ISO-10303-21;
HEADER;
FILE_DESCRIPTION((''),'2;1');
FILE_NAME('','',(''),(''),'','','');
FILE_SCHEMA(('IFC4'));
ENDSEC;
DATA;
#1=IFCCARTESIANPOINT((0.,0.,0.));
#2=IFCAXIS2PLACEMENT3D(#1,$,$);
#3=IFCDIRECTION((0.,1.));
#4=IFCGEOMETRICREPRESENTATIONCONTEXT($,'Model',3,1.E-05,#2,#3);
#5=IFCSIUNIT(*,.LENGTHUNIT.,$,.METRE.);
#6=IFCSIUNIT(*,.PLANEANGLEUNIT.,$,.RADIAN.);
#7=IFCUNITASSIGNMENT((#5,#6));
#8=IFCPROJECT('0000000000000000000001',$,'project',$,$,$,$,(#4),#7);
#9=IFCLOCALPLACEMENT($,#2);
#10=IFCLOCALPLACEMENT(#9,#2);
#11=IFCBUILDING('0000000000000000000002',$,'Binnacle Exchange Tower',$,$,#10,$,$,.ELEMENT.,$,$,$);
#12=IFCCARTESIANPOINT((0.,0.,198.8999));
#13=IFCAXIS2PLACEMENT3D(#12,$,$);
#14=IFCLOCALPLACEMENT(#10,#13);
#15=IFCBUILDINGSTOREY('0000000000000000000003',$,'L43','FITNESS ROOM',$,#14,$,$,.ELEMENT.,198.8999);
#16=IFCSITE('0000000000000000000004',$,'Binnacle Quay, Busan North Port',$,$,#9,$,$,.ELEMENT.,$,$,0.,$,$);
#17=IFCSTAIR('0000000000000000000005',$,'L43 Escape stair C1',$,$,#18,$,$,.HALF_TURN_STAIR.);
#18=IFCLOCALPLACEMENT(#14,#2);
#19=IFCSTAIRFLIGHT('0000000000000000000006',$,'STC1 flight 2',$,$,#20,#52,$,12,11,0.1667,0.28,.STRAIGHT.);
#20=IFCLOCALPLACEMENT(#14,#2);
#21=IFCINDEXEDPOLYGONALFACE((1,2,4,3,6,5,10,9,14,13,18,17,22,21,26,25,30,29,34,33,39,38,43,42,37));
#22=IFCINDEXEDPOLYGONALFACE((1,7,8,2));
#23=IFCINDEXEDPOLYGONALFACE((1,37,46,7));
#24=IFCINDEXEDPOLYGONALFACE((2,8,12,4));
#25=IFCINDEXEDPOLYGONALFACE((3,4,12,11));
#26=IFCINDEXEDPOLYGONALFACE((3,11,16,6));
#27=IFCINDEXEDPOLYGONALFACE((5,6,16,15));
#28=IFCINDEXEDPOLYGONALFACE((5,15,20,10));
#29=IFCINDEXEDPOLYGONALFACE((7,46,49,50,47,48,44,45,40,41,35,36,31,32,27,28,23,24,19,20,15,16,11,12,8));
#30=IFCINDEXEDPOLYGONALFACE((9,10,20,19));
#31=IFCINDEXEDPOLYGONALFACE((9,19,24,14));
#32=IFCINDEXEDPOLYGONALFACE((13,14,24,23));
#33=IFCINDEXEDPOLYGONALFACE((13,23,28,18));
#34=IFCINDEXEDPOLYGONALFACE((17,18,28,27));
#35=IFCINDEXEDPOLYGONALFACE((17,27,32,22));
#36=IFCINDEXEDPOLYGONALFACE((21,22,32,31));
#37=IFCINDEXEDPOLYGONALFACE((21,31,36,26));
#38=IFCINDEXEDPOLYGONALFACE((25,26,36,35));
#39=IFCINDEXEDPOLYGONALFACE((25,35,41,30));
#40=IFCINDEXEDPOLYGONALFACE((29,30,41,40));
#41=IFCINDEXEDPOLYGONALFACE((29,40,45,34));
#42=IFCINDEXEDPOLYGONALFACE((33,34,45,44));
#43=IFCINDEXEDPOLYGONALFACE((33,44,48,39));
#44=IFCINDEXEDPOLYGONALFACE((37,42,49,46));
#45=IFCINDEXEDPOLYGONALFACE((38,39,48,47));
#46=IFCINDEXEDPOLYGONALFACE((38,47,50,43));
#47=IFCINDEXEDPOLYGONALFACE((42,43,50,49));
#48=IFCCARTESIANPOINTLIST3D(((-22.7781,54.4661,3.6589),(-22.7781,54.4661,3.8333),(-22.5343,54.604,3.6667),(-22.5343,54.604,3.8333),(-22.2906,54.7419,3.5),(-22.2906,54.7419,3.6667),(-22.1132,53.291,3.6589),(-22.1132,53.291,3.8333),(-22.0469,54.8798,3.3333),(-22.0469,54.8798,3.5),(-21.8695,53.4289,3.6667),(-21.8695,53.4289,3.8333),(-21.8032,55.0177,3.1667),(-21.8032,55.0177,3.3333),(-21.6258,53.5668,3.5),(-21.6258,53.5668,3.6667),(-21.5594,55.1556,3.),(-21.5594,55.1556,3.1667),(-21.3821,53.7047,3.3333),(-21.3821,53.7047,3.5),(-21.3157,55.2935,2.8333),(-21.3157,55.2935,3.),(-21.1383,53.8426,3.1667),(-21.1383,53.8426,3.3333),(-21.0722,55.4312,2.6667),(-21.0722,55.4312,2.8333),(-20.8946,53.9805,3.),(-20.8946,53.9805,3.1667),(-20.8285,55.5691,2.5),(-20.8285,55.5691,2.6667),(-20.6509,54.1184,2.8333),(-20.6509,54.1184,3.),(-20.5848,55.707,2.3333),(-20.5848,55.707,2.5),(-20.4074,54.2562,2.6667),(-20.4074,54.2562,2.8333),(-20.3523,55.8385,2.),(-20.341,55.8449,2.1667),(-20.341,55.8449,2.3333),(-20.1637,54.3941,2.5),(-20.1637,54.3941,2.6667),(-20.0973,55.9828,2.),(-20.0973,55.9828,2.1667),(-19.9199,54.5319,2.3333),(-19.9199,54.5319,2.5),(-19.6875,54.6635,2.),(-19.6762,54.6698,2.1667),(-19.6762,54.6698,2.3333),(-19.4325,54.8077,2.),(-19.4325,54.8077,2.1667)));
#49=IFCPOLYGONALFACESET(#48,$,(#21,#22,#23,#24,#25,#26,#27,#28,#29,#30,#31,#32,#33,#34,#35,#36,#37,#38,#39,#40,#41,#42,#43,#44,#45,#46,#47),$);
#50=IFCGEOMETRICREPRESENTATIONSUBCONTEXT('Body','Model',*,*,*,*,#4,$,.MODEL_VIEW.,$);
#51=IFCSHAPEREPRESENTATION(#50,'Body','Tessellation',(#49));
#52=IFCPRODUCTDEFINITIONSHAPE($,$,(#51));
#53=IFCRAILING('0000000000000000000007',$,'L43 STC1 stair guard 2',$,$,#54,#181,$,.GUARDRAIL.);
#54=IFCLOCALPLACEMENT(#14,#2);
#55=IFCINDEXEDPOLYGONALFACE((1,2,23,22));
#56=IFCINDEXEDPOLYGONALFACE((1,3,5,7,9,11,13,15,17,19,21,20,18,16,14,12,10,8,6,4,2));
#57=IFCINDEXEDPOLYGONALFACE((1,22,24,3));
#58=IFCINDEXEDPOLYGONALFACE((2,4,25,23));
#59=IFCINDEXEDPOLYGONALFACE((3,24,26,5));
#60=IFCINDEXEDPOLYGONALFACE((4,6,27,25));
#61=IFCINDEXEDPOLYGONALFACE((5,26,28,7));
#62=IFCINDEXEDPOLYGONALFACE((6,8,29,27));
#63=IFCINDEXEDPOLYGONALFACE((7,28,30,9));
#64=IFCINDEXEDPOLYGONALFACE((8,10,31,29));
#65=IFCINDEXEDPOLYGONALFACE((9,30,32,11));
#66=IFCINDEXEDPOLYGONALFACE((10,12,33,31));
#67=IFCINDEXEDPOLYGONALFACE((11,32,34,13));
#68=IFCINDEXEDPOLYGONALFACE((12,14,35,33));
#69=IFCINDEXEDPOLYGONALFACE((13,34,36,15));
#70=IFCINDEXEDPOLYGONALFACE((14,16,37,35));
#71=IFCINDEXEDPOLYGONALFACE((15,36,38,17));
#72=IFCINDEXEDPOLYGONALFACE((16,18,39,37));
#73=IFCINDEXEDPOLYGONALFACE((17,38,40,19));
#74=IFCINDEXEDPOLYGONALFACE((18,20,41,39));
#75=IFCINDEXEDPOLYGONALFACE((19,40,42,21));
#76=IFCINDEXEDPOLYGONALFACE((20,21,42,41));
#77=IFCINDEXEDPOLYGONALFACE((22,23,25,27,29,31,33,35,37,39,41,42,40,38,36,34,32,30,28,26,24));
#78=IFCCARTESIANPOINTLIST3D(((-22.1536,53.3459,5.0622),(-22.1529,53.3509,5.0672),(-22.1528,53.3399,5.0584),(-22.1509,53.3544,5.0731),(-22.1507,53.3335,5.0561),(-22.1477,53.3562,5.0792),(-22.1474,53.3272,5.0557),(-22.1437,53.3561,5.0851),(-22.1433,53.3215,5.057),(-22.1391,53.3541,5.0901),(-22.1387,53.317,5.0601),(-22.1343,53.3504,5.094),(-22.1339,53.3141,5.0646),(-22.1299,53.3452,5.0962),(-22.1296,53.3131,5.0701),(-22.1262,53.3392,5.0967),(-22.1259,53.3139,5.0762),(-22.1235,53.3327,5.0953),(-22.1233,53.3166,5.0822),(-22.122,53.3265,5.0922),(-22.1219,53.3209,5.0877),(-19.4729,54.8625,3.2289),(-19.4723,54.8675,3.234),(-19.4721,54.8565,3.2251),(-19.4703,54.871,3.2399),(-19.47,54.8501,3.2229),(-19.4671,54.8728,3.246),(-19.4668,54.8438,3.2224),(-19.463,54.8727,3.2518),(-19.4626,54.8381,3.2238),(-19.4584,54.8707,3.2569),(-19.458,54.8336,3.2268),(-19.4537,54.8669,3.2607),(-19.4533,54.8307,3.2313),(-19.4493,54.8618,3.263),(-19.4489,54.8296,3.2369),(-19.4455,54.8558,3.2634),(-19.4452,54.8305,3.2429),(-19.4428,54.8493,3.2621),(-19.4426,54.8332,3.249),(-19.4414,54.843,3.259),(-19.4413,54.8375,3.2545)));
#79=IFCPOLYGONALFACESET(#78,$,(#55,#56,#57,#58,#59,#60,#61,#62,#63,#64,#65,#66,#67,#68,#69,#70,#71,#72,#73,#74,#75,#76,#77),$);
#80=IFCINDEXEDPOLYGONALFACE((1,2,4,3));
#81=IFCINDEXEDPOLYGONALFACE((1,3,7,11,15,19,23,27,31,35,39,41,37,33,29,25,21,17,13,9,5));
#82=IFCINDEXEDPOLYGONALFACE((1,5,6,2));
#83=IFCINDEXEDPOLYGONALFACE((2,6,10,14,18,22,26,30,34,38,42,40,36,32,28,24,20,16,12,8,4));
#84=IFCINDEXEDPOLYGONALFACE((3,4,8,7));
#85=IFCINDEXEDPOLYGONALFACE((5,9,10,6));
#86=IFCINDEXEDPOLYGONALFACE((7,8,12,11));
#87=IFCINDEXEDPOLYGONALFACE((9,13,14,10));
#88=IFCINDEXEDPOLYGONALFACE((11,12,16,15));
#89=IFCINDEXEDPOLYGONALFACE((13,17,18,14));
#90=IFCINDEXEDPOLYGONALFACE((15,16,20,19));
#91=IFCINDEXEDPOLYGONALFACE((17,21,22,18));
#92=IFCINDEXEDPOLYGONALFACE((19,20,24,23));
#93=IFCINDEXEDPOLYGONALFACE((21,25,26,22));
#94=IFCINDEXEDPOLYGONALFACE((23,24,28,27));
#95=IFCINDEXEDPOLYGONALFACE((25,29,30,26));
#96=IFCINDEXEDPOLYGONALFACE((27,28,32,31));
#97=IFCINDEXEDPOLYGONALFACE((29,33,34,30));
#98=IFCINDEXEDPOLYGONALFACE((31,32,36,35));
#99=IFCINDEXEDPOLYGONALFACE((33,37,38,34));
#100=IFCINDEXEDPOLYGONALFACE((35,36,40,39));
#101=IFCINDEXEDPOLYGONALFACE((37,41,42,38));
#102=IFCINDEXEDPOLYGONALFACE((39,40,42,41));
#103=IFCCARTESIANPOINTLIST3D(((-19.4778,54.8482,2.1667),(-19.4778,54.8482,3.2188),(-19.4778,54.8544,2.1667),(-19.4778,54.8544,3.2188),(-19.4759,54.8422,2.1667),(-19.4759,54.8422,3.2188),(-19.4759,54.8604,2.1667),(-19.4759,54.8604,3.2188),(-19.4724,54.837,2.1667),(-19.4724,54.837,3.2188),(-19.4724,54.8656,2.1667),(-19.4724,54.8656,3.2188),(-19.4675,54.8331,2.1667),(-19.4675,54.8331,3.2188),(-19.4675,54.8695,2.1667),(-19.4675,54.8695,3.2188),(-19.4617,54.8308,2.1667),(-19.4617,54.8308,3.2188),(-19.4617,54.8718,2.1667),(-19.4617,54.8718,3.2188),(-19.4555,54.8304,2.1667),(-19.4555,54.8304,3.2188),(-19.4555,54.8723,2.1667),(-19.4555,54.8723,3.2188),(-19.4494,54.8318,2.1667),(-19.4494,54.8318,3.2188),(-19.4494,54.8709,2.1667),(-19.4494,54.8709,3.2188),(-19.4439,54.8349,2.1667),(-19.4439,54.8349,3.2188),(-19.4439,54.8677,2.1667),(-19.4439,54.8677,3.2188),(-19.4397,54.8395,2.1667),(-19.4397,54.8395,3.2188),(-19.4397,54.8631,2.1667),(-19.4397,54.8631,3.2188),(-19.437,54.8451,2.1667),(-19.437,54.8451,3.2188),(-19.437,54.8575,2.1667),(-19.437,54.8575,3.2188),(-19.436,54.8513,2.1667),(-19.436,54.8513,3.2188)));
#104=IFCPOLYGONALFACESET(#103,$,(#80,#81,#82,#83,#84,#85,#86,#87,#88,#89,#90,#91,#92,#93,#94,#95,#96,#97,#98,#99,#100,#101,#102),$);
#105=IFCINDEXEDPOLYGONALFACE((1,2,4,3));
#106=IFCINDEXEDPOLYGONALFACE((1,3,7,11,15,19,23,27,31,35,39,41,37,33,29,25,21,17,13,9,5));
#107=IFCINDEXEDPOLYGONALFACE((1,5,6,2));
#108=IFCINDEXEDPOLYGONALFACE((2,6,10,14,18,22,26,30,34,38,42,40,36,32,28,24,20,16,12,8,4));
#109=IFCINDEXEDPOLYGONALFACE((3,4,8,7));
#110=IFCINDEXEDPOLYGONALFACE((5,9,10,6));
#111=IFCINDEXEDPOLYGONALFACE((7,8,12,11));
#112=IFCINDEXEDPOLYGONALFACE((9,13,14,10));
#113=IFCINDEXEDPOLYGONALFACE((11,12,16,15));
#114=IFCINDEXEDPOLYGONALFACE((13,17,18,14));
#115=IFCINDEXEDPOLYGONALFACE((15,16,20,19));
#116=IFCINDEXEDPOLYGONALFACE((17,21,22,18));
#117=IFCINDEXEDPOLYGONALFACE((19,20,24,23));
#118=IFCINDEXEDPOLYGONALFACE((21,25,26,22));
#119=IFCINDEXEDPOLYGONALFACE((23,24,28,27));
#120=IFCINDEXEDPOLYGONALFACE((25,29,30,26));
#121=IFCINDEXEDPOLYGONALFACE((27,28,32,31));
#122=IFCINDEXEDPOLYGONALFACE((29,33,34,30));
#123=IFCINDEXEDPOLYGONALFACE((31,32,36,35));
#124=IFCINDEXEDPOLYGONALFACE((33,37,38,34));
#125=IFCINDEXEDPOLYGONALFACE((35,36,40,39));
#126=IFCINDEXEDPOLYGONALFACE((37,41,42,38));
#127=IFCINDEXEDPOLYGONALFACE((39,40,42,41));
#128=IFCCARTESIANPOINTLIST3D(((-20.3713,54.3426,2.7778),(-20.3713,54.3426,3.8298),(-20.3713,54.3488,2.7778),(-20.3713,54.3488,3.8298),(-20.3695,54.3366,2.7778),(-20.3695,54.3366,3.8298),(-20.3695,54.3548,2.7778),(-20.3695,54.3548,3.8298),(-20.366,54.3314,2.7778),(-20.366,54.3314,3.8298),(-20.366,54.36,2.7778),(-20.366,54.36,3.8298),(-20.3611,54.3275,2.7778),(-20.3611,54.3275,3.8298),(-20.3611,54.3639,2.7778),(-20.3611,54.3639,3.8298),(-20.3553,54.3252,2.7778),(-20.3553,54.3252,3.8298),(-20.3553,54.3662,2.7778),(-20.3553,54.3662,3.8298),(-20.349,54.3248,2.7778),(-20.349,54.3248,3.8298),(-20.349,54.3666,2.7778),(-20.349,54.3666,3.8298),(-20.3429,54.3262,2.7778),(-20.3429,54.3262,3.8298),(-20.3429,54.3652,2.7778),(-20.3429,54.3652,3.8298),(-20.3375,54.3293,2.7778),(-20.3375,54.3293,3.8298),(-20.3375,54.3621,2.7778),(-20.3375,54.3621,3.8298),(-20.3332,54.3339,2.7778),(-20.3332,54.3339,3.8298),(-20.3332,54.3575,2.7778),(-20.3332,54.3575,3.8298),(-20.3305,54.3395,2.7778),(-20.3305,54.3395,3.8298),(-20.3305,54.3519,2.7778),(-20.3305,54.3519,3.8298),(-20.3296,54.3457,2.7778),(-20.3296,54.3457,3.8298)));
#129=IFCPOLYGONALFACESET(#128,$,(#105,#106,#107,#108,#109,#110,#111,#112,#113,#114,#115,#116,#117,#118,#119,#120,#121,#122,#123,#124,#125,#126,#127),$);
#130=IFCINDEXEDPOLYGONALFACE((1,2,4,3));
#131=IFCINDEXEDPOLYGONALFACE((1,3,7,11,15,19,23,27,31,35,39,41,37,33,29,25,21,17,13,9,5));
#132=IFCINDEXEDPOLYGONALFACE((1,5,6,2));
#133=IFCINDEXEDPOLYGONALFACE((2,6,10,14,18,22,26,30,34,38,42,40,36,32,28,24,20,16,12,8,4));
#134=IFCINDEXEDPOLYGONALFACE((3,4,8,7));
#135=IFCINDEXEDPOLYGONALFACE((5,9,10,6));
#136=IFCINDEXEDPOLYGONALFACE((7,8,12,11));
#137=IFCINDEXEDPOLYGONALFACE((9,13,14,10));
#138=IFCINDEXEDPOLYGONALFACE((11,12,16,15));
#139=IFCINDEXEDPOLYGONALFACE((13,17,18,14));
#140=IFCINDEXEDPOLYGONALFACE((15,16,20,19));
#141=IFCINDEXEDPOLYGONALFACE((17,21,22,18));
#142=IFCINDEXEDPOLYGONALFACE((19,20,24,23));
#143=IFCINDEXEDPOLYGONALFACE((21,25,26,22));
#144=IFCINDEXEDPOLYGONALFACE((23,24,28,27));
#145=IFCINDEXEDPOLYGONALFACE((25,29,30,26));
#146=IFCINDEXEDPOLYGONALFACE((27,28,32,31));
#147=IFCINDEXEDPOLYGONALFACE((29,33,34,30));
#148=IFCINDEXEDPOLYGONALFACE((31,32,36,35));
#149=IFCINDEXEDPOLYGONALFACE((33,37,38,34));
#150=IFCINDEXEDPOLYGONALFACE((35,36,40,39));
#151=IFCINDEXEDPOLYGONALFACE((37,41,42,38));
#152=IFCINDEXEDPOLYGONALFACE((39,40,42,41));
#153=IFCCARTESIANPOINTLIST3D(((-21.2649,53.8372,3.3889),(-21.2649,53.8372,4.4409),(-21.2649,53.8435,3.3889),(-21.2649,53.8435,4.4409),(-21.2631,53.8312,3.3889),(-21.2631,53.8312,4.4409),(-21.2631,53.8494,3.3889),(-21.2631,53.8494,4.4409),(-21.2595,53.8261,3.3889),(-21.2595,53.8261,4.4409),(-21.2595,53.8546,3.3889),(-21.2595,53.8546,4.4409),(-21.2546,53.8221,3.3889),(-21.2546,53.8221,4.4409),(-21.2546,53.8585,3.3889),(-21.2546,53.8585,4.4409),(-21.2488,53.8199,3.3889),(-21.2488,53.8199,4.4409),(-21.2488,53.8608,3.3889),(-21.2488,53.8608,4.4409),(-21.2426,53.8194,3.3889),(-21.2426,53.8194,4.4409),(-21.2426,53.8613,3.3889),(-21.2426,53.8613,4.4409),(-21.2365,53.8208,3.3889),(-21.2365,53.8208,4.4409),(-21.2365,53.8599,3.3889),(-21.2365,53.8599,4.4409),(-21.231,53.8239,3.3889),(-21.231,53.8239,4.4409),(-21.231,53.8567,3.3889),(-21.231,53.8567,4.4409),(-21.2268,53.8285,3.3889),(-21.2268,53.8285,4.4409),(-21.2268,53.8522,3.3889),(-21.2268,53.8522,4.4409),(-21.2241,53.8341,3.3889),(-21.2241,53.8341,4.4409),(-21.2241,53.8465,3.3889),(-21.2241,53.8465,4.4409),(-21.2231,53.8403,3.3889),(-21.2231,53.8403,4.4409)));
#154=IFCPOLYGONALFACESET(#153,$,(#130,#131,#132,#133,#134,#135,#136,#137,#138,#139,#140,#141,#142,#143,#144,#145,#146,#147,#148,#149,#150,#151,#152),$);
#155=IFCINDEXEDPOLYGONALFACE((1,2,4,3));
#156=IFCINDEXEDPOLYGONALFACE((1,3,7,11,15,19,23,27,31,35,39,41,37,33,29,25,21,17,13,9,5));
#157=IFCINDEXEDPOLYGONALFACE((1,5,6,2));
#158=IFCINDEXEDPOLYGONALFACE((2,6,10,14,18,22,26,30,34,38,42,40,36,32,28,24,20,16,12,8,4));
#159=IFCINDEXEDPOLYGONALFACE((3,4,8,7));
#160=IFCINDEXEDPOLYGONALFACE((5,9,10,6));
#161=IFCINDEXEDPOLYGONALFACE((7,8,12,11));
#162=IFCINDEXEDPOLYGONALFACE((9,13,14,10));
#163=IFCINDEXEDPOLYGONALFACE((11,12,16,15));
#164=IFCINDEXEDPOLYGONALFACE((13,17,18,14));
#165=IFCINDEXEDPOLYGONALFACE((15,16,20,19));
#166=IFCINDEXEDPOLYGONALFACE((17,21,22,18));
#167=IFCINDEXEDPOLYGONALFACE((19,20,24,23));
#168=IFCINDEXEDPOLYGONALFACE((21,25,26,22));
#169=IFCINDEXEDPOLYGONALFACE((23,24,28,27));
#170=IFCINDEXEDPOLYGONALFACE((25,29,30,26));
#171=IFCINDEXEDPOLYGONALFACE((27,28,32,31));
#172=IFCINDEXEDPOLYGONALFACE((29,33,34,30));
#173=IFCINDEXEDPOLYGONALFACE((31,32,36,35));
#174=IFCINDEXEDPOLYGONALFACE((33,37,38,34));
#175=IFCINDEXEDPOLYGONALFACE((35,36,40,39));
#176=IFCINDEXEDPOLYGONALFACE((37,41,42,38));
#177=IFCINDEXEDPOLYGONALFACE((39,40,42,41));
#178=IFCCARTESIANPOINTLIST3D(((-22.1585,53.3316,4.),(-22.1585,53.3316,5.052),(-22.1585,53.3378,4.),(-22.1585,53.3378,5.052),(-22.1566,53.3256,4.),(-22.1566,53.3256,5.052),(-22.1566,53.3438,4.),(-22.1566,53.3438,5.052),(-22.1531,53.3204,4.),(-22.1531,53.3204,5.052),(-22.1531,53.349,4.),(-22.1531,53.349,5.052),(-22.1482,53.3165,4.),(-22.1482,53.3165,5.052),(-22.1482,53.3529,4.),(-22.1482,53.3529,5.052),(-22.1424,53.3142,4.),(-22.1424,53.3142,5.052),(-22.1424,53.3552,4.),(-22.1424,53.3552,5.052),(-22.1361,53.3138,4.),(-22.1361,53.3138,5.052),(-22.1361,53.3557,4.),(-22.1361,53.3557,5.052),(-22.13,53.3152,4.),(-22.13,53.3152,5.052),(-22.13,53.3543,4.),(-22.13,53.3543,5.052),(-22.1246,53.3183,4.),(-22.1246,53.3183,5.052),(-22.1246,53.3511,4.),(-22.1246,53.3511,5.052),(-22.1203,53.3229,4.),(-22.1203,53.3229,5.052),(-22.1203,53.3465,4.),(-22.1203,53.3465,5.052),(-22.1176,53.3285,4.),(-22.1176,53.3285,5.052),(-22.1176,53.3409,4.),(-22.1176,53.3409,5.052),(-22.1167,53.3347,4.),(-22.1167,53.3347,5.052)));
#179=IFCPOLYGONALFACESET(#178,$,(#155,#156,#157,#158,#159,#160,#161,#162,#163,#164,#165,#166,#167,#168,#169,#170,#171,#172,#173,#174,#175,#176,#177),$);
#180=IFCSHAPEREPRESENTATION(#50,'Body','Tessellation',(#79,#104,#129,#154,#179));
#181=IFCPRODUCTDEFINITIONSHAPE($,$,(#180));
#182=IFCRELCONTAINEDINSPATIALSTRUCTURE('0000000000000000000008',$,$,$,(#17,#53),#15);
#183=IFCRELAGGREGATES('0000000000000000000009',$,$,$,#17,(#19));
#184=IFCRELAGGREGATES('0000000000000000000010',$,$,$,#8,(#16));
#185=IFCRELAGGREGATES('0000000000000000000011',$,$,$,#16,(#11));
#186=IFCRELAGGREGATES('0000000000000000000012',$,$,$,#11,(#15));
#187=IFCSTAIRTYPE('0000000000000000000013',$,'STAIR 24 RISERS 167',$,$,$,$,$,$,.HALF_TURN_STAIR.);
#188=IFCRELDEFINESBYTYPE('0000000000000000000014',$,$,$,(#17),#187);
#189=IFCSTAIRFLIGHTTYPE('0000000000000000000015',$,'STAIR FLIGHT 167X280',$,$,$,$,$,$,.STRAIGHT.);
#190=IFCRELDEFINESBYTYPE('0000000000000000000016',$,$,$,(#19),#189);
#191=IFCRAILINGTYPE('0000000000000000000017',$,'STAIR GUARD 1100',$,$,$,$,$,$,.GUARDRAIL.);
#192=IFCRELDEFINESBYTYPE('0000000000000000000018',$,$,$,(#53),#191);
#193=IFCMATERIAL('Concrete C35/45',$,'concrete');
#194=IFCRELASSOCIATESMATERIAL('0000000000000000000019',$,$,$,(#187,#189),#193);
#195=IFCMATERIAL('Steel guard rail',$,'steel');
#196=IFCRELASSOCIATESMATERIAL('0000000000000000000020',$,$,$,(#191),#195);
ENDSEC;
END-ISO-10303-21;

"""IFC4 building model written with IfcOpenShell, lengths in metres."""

from ifc_helpers import new_model, si_unit, direction, frame, origin, origin_2d, place, context, subcontext, project, spatial, polyline, circle, outline, extrude, material, type_object, element, aggregate, save


model = new_model("IFC4")

# Units and contexts
model_context = context("Model", 3, precision=1e-05, world=origin(), true_north=direction((0.0, 1.0)))
body_context = subcontext(model_context, "Body", "Model", "MODEL_VIEW")
ifc_project = project(units=[si_unit("LENGTHUNIT", "METRE"), si_unit("PLANEANGLEUNIT", "RADIAN")], contexts=[model_context])

# Site, building, storey
site_placement = place(None, origin())
site = spatial("IfcSite", under=ifc_project, at=site_placement, Name="Binnacle Quay, Busan North Port", CompositionType="ELEMENT", RefElevation=0.0)
building_placement = place(site_placement, origin())
building = spatial("IfcBuilding", under=site, at=building_placement, Name="Binnacle Exchange Tower", CompositionType="ELEMENT")
storey_placement = place(building_placement, frame((0.0, 0.0, 198.8999)))
storey = spatial("IfcBuildingStorey", under=building, at=storey_placement, Name="L43", Description="FITNESS ROOM", CompositionType="ELEMENT", Elevation=198.8999)

# Stair, stair flight
ifc_material_1 = material(Name="Concrete C35/45", Category="concrete")
stair_type = type_object("IfcStairType", Name="STAIR 24 RISERS 167", PredefinedType="HALF_TURN_STAIR", material=ifc_material_1)
stair_placement = place(storey_placement, origin())
stair = element("IfcStair", 1, at=stair_placement, inside=storey, type_object=stair_type, Name="L43 Escape stair C1", PredefinedType="HALF_TURN_STAIR")
stair_flight_type = type_object("IfcStairFlightType", Name="STAIR FLIGHT 167X280", PredefinedType="STRAIGHT", material=ifc_material_1)
stair_flight_1_placement = place(storey_placement, frame((-19.7649, 55.3953, 2.0), z_axis=(0.0, 0.0, 1.0), x_axis=(-0.870356, -0.492424, 0.0)))
stair_flight_1 = element("IfcStairFlight", 2, at=stair_flight_1_placement, type_object=stair_flight_type, Name="STC1 flight 2", NumberOfRisers=12, NumberOfTreads=11, PredefinedType="STRAIGHT", RiserHeight=0.1667, TreadLength=0.28, context=body_context, shape_type="SweptSolid", body=[
    extrude(outline(polyline([(0.0, 0.0), (0.0, 0.1667), (0.28, 0.1667), (0.28, 0.3333), (0.5601, 0.3333), (0.5601, 0.5), (0.8401, 0.5), (0.8401, 0.6667), (1.1201, 0.6667), (1.1201, 0.8333), (1.3999, 0.8333), (1.3999, 1.0), (1.6799, 1.0), (1.6799, 1.1667), (1.96, 1.1667), (1.96, 1.3333), (2.24, 1.3333), (2.24, 1.5), (2.52, 1.5), (2.52, 1.6667), (2.8, 1.6667), (2.8, 1.8333), (3.0801, 1.8333), (3.0801, 2.0), (3.0801, 1.6589), (0.293, 0.0), (0.0, 0.0)])), frame((0.0, 0.675, 0.0), z_axis=(0.0, -1.0, 0.0), x_axis=(1.0, 0.0, 0.0)), (0.0, 0.0, 1.0), 1.3501),
])
aggregate(stair, [stair_flight_1])

# Railing
ifc_material_2 = material(Name="Steel guard rail", Category="steel")
railing_type_1 = type_object("IfcRailingType", Name="STAIR GUARD 1100", PredefinedType="GUARDRAIL", material=ifc_material_2)
railing_1_placement = place(storey_placement, frame((-19.457, 54.8513, 2.1667)))
element("IfcRailing", 3, at=railing_1_placement, inside=storey, type_object=railing_type_1, Name="L43 STC1 stair guard 2", PredefinedType="GUARDRAIL", context=body_context, shape_type="SweptSolid", body=[
    extrude(circle(Radius=0.0239, at=origin_2d()), frame((0.0, 0.0, 1.0762), z_axis=(-0.747901, -0.423129, 0.511474), x_axis=(0.492412, -0.870362, 0.0)), (0.0, 0.0, 1.0), 3.5842),
    extrude(circle(Radius=0.021, at=origin_2d()), origin(), (0.0, 0.0, 1.0), 1.052),
    extrude(circle(Radius=0.021, at=origin_2d()), frame((-0.8936, -0.5056, 0.6111)), (0.0, 0.0, 1.0), 1.052),
    extrude(circle(Radius=0.021, at=origin_2d()), frame((-1.7871, -1.011, 1.2222)), (0.0, 0.0, 1.0), 1.052),
    extrude(circle(Radius=0.021, at=origin_2d()), frame((-2.6807, -1.5166, 1.8333)), (0.0, 0.0, 1.0), 1.052),
])

save(model, "model.ifc")
